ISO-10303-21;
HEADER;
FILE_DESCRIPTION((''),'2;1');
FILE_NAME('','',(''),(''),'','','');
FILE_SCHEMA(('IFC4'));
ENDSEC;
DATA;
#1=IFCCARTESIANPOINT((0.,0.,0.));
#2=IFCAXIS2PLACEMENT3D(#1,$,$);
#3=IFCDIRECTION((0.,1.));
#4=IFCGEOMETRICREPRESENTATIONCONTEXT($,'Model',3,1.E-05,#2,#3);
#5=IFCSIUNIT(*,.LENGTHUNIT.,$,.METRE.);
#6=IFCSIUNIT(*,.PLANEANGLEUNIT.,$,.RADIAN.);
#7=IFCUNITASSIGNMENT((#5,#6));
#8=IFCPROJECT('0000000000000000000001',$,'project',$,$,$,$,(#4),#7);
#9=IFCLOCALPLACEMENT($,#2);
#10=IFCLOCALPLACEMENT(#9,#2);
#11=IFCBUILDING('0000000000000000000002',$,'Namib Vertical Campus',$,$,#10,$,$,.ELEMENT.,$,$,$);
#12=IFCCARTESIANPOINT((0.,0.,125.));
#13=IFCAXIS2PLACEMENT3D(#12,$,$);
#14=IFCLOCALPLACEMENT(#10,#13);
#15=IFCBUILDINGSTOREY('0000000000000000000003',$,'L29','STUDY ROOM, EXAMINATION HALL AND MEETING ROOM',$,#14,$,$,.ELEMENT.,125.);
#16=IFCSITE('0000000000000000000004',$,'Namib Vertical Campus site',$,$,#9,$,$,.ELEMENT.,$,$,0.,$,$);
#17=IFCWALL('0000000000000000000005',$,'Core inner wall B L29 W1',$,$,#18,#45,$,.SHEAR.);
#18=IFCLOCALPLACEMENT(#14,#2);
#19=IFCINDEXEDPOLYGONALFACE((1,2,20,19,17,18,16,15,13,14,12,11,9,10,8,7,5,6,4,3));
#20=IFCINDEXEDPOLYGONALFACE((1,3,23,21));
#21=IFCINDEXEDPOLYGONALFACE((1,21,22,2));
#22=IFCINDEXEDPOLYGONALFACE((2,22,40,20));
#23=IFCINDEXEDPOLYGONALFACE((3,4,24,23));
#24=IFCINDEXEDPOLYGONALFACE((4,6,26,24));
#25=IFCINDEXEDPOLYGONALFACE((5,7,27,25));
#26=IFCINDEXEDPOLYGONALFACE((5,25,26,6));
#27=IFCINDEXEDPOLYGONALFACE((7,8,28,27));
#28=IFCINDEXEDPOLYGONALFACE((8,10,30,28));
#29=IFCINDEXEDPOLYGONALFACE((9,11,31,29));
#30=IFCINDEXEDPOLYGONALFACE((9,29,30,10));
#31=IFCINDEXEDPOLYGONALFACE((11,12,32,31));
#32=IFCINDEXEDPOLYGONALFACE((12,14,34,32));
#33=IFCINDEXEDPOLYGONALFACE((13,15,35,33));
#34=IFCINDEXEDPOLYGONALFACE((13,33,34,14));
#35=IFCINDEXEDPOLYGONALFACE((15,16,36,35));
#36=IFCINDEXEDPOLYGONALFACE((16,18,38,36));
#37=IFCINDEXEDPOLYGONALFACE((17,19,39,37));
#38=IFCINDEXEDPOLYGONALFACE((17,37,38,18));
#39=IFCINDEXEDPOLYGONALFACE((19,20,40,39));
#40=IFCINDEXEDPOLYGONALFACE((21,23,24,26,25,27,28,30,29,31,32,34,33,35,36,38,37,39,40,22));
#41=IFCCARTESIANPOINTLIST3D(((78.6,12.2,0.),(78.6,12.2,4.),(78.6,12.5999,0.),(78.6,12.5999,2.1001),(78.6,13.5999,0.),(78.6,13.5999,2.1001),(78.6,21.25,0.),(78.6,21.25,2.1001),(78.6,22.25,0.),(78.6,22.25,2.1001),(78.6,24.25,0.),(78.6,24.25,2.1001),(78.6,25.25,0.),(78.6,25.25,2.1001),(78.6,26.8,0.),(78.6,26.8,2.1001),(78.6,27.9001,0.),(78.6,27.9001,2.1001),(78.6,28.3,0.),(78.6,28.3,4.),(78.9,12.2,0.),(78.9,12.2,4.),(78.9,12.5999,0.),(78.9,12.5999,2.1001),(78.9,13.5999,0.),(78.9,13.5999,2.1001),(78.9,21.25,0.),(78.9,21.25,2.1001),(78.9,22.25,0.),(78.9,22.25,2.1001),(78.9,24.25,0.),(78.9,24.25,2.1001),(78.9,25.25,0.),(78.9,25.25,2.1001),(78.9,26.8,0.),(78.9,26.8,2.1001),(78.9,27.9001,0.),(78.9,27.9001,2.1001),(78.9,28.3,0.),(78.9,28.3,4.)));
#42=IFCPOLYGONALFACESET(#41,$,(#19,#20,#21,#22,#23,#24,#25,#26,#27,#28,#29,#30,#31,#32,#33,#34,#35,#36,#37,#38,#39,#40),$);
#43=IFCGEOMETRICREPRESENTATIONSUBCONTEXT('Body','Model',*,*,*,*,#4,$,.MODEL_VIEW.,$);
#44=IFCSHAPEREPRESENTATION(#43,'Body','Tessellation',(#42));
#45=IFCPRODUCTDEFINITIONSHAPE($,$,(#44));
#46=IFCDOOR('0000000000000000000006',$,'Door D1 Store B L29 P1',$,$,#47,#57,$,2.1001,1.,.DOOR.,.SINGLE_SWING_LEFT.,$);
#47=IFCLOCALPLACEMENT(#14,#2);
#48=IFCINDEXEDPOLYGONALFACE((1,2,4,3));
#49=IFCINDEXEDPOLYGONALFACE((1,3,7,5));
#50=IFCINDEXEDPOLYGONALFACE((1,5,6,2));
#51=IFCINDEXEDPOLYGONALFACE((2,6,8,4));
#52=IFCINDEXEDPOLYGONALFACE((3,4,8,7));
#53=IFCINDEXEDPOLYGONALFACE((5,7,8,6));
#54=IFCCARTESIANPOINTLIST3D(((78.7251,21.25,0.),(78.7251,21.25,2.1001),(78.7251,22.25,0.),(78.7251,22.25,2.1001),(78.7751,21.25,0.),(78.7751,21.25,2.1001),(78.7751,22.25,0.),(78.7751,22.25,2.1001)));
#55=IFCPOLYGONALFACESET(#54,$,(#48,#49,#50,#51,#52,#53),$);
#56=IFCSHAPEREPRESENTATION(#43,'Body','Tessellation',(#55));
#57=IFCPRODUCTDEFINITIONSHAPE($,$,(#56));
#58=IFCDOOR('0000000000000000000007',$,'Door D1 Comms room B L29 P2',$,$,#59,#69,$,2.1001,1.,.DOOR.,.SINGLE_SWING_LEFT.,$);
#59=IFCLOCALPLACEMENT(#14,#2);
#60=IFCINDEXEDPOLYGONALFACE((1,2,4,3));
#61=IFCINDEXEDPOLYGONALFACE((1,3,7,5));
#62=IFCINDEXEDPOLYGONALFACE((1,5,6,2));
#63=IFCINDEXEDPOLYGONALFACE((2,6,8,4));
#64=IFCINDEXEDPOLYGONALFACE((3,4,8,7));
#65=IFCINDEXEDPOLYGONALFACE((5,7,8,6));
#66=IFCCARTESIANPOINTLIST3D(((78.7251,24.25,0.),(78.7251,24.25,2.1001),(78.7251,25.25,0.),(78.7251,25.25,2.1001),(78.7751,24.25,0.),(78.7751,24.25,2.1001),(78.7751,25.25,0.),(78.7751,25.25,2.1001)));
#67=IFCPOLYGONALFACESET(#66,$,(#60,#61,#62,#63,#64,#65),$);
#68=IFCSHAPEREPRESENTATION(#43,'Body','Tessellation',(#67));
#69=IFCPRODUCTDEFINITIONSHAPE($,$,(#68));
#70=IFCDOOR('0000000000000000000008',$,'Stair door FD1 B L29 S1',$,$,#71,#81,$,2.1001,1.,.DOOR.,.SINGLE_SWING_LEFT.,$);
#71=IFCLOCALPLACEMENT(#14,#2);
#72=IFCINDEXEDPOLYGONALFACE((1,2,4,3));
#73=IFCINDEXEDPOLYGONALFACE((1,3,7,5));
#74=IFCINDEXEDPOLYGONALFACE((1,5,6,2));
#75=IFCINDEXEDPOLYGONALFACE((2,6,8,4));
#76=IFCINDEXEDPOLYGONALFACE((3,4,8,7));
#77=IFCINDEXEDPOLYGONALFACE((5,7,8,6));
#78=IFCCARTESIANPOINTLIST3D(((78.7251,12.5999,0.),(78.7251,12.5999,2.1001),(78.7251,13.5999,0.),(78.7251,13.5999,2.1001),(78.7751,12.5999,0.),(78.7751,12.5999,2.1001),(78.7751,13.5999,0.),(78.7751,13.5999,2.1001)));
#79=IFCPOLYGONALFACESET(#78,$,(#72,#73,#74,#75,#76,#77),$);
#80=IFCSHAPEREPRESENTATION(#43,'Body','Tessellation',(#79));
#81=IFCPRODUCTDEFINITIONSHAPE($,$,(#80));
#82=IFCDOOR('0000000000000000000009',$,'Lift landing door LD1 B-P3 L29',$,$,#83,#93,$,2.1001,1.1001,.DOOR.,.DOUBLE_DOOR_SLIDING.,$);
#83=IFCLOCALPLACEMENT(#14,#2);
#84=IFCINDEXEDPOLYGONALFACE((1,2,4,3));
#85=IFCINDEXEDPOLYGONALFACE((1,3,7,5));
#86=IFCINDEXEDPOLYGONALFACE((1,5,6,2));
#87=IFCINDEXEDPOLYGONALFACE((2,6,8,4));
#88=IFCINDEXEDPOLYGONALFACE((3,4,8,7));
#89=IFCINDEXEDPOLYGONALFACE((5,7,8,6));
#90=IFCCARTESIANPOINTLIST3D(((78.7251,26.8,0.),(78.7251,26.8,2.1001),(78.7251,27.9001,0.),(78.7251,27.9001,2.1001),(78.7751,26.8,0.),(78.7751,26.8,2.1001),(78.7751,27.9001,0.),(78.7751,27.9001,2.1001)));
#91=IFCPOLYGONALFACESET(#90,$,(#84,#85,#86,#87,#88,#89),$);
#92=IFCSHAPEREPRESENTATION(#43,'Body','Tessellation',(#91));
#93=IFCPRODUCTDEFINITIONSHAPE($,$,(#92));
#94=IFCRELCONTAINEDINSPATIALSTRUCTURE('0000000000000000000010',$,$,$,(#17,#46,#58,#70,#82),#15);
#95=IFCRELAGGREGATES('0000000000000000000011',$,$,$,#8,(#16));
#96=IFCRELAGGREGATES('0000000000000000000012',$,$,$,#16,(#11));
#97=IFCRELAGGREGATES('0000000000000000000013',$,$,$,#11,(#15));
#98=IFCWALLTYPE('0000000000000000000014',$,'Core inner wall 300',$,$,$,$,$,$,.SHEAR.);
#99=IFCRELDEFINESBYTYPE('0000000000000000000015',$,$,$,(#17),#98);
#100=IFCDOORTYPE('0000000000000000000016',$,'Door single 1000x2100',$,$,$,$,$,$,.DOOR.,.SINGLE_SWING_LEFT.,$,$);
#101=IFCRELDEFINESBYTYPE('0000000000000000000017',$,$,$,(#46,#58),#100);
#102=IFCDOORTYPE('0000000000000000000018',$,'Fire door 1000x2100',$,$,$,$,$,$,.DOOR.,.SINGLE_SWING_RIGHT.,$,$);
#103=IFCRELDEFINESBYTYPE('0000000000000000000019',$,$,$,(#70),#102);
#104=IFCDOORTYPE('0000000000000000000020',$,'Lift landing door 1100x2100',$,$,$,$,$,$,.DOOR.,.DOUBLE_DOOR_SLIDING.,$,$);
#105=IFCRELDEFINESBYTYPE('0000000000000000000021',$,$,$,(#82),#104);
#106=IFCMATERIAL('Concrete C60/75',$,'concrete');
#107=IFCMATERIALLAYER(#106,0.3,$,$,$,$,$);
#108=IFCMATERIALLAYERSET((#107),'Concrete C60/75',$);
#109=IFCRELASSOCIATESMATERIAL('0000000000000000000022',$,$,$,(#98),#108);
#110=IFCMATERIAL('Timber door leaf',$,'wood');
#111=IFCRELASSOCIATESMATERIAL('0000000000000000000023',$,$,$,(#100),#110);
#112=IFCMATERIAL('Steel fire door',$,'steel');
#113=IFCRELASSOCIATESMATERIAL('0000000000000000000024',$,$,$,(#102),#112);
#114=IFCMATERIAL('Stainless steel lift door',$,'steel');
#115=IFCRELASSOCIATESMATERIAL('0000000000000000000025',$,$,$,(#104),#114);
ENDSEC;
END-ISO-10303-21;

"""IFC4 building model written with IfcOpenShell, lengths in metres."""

from ifc_helpers import new_model, si_unit, direction, frame, frame_2d, origin, place, context, subcontext, project, spatial, rectangle, extrude, material, layer, layer_set, type_object, element, fill, save


model = new_model("IFC4")

# Units and contexts
model_context = context("Model", 3, precision=1e-05, world=origin(), true_north=direction((0.0, 1.0)))
body_context = subcontext(model_context, "Body", "Model", "MODEL_VIEW")
ifc_project = project(units=[si_unit("LENGTHUNIT", "METRE"), si_unit("PLANEANGLEUNIT", "RADIAN")], contexts=[model_context])

# Site, building, storey
site_placement = place(None, origin())
site = spatial("IfcSite", under=ifc_project, at=site_placement, Name="Namib Vertical Campus site", CompositionType="ELEMENT", RefElevation=0.0)
building_placement = place(site_placement, origin())
building = spatial("IfcBuilding", under=site, at=building_placement, Name="Namib Vertical Campus", CompositionType="ELEMENT")
storey_placement = place(building_placement, frame((0.0, 0.0, 125.0)))
storey = spatial("IfcBuildingStorey", under=building, at=storey_placement, Name="L29", Description="STUDY ROOM, EXAMINATION HALL AND MEETING ROOM", CompositionType="ELEMENT", Elevation=125.0)

# Wall, openings, doors
ifc_material_1 = material(Name="Concrete C60/75", Category="concrete")
ifc_layer_1 = layer(ifc_material_1, 0.3)
ifc_layer_set_1 = layer_set([ifc_layer_1], Name="Concrete C60/75")
wall_type_1 = type_object("IfcWallType", Name="Core inner wall 300", PredefinedType="SHEAR", material=ifc_layer_set_1)
wall_1_placement = place(storey_placement, frame((78.75, 12.2, 0.0), z_axis=(0.0, 0.0, 1.0), x_axis=(0.0, 1.0, 0.0)))
wall_1 = element("IfcWall", 1, at=wall_1_placement, inside=storey, type_object=wall_type_1, Name="Core inner wall B L29 W1", PredefinedType="SHEAR", context=body_context, shape_type="SweptSolid", body=[
    extrude(rectangle(XDim=16.1001, YDim=0.3, at=frame_2d((8.05, 0.0))), origin(), (0.0, 0.0, 1.0), 4.0),
])
opening_1_placement = place(wall_1_placement, frame((0.3999, 0.0, 0.0)))
opening_1 = element("IfcOpeningElement", 2, at=opening_1_placement, cuts=wall_1, PredefinedType="OPENING", context=body_context, shape_type="SweptSolid", body=[
    extrude(rectangle(XDim=1.0, YDim=2.1001, at=frame_2d((0.5, 1.05))), frame((0.0, 0.1599, 0.0), z_axis=(0.0, -1.0, 0.0), x_axis=(1.0, 0.0, 0.0)), (0.0, 0.0, 1.0), 0.3201),
])
opening_2_placement = place(wall_1_placement, frame((14.6001, 0.0, 0.0)))
opening_2 = element("IfcOpeningElement", 3, at=opening_2_placement, cuts=wall_1, PredefinedType="OPENING", context=body_context, shape_type="SweptSolid", body=[
    extrude(rectangle(XDim=1.1001, YDim=2.1001, at=frame_2d((0.55, 1.05))), frame((0.0, 0.1599, 0.0), z_axis=(0.0, -1.0, 0.0), x_axis=(1.0, 0.0, 0.0)), (0.0, 0.0, 1.0), 0.3201),
])
opening_3_placement = place(wall_1_placement, frame((9.05, 0.0, 0.0)))
opening_3 = element("IfcOpeningElement", 4, at=opening_3_placement, cuts=wall_1, PredefinedType="OPENING", context=body_context, shape_type="SweptSolid", body=[
    extrude(rectangle(XDim=1.0, YDim=2.1001, at=frame_2d((0.5, 1.05))), frame((0.0, 0.1599, 0.0), z_axis=(0.0, -1.0, 0.0), x_axis=(1.0, 0.0, 0.0)), (0.0, 0.0, 1.0), 0.3201),
])
opening_4_placement = place(wall_1_placement, frame((12.05, 0.0, 0.0)))
opening_4 = element("IfcOpeningElement", 5, at=opening_4_placement, cuts=wall_1, PredefinedType="OPENING", context=body_context, shape_type="SweptSolid", body=[
    extrude(rectangle(XDim=1.0, YDim=2.1001, at=frame_2d((0.5, 1.05))), frame((0.0, 0.1599, 0.0), z_axis=(0.0, -1.0, 0.0), x_axis=(1.0, 0.0, 0.0)), (0.0, 0.0, 1.0), 0.3201),
])
ifc_material_2 = material(Name="Timber door leaf", Category="wood")
door_type_1 = type_object("IfcDoorType", Name="Door single 1000x2100", OperationType="SINGLE_SWING_LEFT", PredefinedType="DOOR", material=ifc_material_2)
door_1_placement = place(opening_3_placement, origin())
door_1 = element("IfcDoor", 6, at=door_1_placement, inside=storey, type_object=door_type_1, Name="Door D1 Store B L29 P1", OperationType="SINGLE_SWING_LEFT", OverallHeight=2.1001, OverallWidth=1.0, PredefinedType="DOOR", context=body_context, shape_type="SweptSolid", body=[
    extrude(rectangle(XDim=1.0, YDim=2.1001, at=frame_2d((0.5, 1.05))), frame((0.0, 0.0249, 0.0), z_axis=(0.0, -1.0, 0.0), x_axis=(1.0, 0.0, 0.0)), (0.0, 0.0, 1.0), 0.05),
])
fill(opening_3, door_1)
door_2_placement = place(opening_4_placement, origin())
door_2 = element("IfcDoor", 7, at=door_2_placement, inside=storey, type_object=door_type_1, Name="Door D1 Comms room B L29 P2", OperationType="SINGLE_SWING_LEFT", OverallHeight=2.1001, OverallWidth=1.0, PredefinedType="DOOR", context=body_context, shape_type="SweptSolid", body=[
    extrude(rectangle(XDim=1.0, YDim=2.1001, at=frame_2d((0.5, 1.05))), frame((0.0, 0.0249, 0.0), z_axis=(0.0, -1.0, 0.0), x_axis=(1.0, 0.0, 0.0)), (0.0, 0.0, 1.0), 0.05),
])
fill(opening_4, door_2)
ifc_material_3 = material(Name="Steel fire door", Category="steel")
door_type_2 = type_object("IfcDoorType", Name="Fire door 1000x2100", OperationType="SINGLE_SWING_RIGHT", PredefinedType="DOOR", material=ifc_material_3)
door_3_placement = place(opening_1_placement, origin())
door_3 = element("IfcDoor", 8, at=door_3_placement, inside=storey, type_object=door_type_2, Name="Stair door FD1 B L29 S1", OperationType="SINGLE_SWING_LEFT", OverallHeight=2.1001, OverallWidth=1.0, PredefinedType="DOOR", context=body_context, shape_type="SweptSolid", body=[
    extrude(rectangle(XDim=1.0, YDim=2.1001, at=frame_2d((0.5, 1.05))), frame((0.0, 0.0249, 0.0), z_axis=(0.0, -1.0, 0.0), x_axis=(1.0, 0.0, 0.0)), (0.0, 0.0, 1.0), 0.05),
])
fill(opening_1, door_3)
ifc_material_4 = material(Name="Stainless steel lift door", Category="steel")
door_type_3 = type_object("IfcDoorType", Name="Lift landing door 1100x2100", OperationType="DOUBLE_DOOR_SLIDING", PredefinedType="DOOR", material=ifc_material_4)
door_4_placement = place(opening_2_placement, origin())
door_4 = element("IfcDoor", 9, at=door_4_placement, inside=storey, type_object=door_type_3, Name="Lift landing door LD1 B-P3 L29", OperationType="DOUBLE_DOOR_SLIDING", OverallHeight=2.1001, OverallWidth=1.1001, PredefinedType="DOOR", context=body_context, shape_type="SweptSolid", body=[
    extrude(rectangle(XDim=1.1001, YDim=2.1001, at=frame_2d((0.55, 1.05))), frame((0.0, 0.0249, 0.0), z_axis=(0.0, -1.0, 0.0), x_axis=(1.0, 0.0, 0.0)), (0.0, 0.0, 1.0), 0.05),
])
fill(opening_2, door_4)

save(model, "model.ifc")
